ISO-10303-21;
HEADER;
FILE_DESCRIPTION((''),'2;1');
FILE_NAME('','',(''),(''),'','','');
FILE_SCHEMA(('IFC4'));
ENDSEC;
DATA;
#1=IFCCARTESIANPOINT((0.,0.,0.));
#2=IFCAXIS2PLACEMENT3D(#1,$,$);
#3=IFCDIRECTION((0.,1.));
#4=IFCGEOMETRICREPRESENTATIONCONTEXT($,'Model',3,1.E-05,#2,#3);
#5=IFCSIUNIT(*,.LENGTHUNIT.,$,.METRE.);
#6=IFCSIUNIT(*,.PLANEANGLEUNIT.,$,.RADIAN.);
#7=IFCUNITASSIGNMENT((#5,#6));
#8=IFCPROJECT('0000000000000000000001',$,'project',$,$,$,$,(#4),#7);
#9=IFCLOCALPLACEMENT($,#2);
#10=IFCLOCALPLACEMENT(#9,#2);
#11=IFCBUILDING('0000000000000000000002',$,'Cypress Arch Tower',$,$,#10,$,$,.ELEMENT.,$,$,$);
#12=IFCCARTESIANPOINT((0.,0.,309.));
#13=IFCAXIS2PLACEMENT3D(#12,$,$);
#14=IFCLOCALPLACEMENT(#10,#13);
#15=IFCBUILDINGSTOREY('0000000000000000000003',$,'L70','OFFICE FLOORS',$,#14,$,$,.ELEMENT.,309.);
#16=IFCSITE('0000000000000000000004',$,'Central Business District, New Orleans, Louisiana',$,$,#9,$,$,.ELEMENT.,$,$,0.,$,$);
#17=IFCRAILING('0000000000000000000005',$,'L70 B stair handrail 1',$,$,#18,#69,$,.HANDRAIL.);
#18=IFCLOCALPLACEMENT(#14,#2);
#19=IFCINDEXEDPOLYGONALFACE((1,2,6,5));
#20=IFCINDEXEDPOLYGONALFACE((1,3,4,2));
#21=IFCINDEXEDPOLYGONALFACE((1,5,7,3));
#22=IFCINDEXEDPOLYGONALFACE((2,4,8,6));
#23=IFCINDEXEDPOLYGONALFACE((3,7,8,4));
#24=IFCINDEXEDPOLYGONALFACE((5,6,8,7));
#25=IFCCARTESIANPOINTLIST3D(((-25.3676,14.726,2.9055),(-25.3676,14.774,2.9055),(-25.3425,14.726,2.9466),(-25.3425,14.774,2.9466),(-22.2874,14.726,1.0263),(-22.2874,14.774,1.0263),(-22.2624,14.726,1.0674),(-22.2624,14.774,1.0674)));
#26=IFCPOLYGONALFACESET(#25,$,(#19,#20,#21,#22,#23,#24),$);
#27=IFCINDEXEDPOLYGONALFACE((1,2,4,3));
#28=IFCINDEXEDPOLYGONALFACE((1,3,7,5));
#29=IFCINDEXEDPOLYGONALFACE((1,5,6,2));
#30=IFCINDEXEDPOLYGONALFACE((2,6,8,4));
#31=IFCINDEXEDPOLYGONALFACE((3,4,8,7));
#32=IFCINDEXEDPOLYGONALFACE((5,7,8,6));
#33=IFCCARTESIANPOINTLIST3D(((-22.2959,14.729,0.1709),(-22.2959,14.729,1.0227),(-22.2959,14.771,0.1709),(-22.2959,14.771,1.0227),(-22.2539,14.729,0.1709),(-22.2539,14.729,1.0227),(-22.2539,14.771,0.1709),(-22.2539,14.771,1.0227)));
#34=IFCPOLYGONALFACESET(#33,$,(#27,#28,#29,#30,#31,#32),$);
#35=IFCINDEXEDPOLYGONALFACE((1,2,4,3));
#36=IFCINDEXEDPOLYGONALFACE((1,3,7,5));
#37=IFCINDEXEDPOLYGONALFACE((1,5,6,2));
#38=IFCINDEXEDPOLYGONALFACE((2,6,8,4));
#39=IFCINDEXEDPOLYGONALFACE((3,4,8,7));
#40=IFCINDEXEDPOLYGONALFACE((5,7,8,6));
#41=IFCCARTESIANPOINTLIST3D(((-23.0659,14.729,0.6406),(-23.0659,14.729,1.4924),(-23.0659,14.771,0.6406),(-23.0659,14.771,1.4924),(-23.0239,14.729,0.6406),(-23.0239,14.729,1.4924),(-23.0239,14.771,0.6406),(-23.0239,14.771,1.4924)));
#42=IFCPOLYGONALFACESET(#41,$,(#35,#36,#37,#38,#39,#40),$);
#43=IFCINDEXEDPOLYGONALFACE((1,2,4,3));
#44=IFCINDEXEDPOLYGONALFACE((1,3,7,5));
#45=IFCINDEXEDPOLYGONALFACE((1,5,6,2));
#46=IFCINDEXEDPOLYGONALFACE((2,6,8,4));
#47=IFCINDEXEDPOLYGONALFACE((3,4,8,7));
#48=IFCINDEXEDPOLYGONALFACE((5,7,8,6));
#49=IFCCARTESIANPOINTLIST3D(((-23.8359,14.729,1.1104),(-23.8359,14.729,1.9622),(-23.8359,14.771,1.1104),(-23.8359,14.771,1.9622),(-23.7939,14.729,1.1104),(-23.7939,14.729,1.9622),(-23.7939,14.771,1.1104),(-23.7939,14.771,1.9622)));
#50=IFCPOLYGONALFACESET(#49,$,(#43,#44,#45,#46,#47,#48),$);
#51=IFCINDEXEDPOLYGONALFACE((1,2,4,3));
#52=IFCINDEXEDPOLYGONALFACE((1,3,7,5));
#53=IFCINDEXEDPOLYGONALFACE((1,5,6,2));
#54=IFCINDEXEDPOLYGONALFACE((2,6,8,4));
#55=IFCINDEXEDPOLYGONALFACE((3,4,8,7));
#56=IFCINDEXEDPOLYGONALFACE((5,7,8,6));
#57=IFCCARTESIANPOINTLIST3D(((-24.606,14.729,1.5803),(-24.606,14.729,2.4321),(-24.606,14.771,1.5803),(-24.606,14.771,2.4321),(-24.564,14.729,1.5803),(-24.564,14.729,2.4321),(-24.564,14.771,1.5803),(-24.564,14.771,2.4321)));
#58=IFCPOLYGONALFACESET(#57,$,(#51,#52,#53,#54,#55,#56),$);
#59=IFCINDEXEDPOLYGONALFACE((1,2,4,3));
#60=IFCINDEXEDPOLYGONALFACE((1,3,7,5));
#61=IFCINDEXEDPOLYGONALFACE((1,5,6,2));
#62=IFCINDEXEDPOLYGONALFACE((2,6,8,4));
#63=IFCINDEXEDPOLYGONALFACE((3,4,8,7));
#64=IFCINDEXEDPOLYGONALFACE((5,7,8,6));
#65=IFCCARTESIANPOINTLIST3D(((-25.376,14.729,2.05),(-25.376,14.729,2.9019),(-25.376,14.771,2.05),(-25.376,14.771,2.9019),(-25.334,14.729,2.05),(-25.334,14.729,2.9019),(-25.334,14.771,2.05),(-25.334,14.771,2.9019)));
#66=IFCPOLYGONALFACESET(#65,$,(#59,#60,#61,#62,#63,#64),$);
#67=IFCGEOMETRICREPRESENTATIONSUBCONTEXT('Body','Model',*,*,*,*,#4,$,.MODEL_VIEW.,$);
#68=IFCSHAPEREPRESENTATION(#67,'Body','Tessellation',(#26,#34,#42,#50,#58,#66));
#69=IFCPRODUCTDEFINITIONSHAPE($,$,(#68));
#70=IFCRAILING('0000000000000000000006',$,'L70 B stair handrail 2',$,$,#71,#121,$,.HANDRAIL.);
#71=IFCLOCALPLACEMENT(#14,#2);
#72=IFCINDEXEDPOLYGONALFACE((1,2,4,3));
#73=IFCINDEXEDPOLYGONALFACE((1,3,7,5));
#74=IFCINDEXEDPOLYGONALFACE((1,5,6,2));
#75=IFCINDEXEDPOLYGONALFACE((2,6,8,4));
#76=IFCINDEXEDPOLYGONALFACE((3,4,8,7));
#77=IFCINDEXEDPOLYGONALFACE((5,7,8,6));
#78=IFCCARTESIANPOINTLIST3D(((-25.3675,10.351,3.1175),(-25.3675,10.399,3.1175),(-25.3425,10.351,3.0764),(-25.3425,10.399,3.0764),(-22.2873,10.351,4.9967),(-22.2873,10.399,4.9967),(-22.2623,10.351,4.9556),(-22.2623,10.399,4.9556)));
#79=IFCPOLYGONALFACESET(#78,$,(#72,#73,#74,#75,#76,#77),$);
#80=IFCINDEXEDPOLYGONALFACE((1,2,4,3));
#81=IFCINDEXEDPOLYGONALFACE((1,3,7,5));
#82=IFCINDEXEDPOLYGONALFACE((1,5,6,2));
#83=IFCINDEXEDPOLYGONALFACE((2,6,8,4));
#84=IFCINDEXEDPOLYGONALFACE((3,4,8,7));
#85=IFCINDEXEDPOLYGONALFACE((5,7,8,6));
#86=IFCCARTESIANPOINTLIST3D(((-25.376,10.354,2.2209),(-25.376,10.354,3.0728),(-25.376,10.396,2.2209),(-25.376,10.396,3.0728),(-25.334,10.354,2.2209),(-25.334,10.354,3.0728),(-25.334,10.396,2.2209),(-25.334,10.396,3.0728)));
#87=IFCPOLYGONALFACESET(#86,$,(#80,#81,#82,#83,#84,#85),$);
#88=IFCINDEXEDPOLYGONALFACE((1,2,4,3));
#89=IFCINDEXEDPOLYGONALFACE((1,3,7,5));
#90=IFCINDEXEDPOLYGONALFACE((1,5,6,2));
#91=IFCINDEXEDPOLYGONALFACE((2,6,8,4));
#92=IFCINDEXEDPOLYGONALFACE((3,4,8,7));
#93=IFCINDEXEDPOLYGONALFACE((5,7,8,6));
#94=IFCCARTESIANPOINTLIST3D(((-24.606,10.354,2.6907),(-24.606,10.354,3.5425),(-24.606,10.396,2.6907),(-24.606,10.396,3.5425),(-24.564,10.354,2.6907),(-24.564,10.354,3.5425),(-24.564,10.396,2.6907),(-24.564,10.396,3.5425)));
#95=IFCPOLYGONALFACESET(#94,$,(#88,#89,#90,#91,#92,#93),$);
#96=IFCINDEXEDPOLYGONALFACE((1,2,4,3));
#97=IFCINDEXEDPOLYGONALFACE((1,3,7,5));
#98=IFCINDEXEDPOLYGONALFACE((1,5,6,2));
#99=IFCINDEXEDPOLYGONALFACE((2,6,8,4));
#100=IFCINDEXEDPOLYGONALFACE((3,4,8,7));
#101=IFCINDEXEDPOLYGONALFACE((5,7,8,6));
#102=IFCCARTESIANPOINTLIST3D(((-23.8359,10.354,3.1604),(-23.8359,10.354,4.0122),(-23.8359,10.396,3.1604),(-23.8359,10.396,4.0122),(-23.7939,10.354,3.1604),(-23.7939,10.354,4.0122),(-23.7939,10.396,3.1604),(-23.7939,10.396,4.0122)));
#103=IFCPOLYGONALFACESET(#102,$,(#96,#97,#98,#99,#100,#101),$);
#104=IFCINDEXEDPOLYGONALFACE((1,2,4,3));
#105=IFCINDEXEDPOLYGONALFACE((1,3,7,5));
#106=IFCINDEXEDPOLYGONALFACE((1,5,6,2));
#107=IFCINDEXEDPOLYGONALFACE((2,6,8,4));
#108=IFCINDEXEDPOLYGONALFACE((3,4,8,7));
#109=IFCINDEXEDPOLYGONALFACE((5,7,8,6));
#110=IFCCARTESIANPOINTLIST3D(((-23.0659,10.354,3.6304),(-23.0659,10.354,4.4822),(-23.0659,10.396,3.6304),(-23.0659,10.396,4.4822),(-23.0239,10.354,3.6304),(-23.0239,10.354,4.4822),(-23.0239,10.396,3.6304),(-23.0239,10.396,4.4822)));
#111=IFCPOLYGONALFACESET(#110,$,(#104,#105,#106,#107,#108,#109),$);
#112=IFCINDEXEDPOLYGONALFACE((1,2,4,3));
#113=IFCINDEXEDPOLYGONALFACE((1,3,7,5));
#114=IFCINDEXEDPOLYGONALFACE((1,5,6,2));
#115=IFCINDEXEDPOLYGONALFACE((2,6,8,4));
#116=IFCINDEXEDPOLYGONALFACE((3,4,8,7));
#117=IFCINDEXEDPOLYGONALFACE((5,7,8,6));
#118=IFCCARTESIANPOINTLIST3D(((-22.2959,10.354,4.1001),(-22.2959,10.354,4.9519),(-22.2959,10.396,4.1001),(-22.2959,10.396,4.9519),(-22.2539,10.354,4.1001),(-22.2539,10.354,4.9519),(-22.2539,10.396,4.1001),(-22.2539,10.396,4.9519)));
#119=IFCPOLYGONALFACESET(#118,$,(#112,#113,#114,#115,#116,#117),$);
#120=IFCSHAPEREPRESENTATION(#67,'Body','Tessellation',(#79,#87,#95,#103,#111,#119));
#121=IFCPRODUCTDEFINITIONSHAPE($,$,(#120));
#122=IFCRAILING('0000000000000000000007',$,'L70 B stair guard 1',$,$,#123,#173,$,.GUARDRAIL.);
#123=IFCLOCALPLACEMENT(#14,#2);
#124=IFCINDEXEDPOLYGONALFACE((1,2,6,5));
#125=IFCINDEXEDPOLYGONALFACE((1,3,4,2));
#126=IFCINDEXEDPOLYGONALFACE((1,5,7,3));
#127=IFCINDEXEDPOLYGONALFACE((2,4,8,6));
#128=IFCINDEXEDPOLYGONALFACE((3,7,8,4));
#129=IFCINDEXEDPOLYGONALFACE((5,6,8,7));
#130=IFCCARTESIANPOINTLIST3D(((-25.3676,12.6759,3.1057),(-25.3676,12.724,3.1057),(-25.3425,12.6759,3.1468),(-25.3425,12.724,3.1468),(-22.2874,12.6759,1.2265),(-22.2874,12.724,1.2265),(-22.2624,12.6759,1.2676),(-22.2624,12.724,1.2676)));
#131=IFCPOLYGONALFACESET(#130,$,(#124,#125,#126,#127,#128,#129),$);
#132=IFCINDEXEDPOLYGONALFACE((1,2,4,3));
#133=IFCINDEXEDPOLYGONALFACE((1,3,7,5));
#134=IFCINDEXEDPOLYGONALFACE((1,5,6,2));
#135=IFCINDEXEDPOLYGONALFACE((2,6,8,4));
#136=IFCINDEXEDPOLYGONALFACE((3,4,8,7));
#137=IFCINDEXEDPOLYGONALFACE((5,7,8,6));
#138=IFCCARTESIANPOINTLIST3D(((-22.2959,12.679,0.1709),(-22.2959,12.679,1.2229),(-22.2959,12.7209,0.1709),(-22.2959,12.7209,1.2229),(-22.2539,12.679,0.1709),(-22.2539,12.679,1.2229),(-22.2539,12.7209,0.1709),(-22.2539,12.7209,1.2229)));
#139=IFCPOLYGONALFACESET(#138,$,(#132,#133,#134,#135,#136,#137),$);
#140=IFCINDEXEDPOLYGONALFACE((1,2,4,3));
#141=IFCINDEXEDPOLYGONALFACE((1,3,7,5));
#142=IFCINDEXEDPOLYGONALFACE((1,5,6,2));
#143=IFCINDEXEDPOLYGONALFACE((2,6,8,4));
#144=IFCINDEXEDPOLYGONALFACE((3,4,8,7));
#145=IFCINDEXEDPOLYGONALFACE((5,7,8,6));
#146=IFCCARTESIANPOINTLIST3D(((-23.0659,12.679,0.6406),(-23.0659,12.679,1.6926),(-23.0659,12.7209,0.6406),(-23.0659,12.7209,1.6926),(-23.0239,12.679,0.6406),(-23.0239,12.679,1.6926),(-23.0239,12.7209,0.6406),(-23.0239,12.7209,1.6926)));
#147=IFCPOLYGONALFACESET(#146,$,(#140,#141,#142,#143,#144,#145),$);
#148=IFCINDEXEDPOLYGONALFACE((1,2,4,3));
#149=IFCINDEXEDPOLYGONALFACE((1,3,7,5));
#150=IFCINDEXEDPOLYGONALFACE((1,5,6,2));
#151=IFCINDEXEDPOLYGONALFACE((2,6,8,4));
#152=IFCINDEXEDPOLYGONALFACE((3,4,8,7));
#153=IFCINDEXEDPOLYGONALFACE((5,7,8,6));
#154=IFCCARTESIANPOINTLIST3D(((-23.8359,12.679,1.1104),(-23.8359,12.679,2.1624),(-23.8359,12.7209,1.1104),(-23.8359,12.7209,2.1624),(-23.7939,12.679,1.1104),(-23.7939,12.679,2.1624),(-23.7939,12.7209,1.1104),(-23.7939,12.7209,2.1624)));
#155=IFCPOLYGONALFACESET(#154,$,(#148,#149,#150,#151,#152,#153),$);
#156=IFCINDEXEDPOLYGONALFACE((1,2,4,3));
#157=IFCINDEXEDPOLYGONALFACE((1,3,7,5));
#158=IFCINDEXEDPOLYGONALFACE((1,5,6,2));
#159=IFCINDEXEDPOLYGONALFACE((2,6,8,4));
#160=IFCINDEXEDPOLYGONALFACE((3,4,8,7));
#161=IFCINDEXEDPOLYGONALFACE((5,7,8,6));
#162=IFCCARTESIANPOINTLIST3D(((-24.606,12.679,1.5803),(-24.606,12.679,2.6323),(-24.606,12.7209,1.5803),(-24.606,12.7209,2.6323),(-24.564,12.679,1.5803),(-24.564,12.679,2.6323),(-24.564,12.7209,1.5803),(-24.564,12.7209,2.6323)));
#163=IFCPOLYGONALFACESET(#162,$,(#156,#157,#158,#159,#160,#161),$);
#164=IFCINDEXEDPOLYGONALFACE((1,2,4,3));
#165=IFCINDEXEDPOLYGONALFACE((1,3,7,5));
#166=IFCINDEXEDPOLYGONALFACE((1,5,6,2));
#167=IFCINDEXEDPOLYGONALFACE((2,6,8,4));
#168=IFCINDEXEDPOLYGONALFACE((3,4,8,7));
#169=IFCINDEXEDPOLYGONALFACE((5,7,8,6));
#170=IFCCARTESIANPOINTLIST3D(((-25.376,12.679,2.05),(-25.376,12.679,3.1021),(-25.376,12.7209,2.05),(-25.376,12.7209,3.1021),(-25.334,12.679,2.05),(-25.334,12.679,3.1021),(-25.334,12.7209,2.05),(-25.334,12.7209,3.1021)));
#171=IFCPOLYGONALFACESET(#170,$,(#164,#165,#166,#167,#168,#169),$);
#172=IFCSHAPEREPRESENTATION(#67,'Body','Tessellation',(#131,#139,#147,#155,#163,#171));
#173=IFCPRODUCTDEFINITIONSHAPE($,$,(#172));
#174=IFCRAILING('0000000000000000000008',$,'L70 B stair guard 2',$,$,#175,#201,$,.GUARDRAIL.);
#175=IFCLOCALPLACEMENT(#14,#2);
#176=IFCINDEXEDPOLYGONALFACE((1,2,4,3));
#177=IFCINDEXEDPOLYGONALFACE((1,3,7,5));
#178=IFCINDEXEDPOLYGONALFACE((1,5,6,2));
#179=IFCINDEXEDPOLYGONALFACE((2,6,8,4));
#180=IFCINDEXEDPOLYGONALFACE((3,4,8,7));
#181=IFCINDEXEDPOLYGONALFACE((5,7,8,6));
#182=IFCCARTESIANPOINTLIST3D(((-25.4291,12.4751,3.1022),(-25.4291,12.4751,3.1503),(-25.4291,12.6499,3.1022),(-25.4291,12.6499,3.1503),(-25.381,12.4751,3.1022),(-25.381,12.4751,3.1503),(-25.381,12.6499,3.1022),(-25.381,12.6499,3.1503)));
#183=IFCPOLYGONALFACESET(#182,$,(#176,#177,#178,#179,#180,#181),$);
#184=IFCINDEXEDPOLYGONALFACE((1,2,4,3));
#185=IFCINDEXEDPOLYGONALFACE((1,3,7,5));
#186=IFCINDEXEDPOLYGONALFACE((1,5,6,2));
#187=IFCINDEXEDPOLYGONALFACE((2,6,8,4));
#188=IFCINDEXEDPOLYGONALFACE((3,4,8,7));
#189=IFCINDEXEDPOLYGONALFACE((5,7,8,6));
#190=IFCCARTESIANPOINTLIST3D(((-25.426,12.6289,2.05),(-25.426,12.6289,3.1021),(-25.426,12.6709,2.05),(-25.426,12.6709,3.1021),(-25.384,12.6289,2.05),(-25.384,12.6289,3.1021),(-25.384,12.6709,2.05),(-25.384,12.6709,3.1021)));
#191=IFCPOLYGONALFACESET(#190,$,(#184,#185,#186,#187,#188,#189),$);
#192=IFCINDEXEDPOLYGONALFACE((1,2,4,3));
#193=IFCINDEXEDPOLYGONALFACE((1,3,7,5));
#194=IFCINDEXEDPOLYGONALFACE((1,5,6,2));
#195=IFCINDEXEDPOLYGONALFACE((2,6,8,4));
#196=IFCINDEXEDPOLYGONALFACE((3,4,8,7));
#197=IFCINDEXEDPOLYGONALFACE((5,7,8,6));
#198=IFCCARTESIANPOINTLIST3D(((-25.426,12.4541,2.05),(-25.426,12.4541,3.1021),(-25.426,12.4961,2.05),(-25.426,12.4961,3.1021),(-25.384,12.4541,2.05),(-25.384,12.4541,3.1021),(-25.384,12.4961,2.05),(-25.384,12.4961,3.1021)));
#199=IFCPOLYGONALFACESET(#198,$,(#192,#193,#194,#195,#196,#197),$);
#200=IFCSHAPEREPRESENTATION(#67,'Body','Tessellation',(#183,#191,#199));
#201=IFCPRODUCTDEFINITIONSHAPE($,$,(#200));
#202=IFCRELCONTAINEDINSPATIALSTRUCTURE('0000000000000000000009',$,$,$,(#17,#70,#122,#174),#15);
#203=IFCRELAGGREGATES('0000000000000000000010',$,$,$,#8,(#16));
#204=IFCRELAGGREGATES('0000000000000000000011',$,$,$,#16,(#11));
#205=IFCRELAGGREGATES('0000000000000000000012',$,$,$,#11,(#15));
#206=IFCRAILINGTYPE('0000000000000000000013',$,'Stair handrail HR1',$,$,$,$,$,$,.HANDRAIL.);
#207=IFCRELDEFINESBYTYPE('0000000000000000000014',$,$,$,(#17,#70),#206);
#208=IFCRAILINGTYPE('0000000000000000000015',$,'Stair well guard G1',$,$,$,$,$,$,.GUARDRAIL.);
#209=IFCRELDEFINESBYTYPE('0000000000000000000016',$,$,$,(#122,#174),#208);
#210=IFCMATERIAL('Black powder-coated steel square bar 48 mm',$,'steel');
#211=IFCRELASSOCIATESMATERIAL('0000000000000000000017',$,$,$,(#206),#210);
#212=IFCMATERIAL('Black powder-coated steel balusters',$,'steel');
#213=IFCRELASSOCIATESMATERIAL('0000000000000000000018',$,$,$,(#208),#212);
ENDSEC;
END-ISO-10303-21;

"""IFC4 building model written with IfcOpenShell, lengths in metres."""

from ifc_helpers import new_model, si_unit, direction, frame, origin, origin_2d, place, context, subcontext, project, spatial, rectangle, extrude, material, type_object, element, save


model = new_model("IFC4")

# Units and contexts
model_context = context("Model", 3, precision=1e-05, world=origin(), true_north=direction((0.0, 1.0)))
body_context = subcontext(model_context, "Body", "Model", "MODEL_VIEW")
ifc_project = project(units=[si_unit("LENGTHUNIT", "METRE"), si_unit("PLANEANGLEUNIT", "RADIAN")], contexts=[model_context])

# Site, building, storey
site_placement = place(None, origin())
site = spatial("IfcSite", under=ifc_project, at=site_placement, Name="Central Business District, New Orleans, Louisiana", CompositionType="ELEMENT", RefElevation=0.0)
building_placement = place(site_placement, origin())
building = spatial("IfcBuilding", under=site, at=building_placement, Name="Cypress Arch Tower", CompositionType="ELEMENT")
storey_placement = place(building_placement, frame((0.0, 0.0, 309.0)))
storey = spatial("IfcBuildingStorey", under=building, at=storey_placement, Name="L70", Description="OFFICE FLOORS", CompositionType="ELEMENT", Elevation=309.0)

# Railings
ifc_material_1 = material(Name="Black powder-coated steel square bar 48 mm", Category="steel")
railing_type_1 = type_object("IfcRailingType", Name="Stair handrail HR1", PredefinedType="HANDRAIL", material=ifc_material_1)
railing_1_placement = place(storey_placement, frame((-22.2749, 14.75, 0.1709)))
element("IfcRailing", 1, at=railing_1_placement, inside=storey, type_object=railing_type_1, Name="L70 B stair handrail 1", PredefinedType="HANDRAIL", context=body_context, shape_type="SweptSolid", body=[
    extrude(rectangle(XDim=0.0481, YDim=0.0481, at=origin_2d()), frame((0.0, 0.0, 0.876), z_axis=(-0.853666, 0.0, 0.52082), x_axis=(0.0, -1.0, 0.0)), (0.0, 0.0, 1.0), 3.6082),
    extrude(rectangle(XDim=0.042, YDim=0.042, at=origin_2d()), origin(), (0.0, 0.0, 1.0), 0.8518),
    extrude(rectangle(XDim=0.042, YDim=0.042, at=origin_2d()), frame((-0.77, 0.0, 0.4697)), (0.0, 0.0, 1.0), 0.8518),
    extrude(rectangle(XDim=0.042, YDim=0.042, at=origin_2d()), frame((-1.54, 0.0, 0.9395)), (0.0, 0.0, 1.0), 0.8518),
    extrude(rectangle(XDim=0.042, YDim=0.042, at=origin_2d()), frame((-2.3101, 0.0, 1.4094)), (0.0, 0.0, 1.0), 0.8518),
    extrude(rectangle(XDim=0.042, YDim=0.042, at=origin_2d()), frame((-3.0801, 0.0, 1.8792)), (0.0, 0.0, 1.0), 0.8518),
])
railing_2_placement = place(storey_placement, frame((-25.355, 10.375, 2.2209)))
element("IfcRailing", 2, at=railing_2_placement, inside=storey, type_object=railing_type_1, Name="L70 B stair handrail 2", PredefinedType="HANDRAIL", context=body_context, shape_type="SweptSolid", body=[
    extrude(rectangle(XDim=0.0481, YDim=0.0481, at=origin_2d()), frame((0.0, 0.0, 0.876), z_axis=(0.853666, 0.0, 0.52082), x_axis=(0.0, 1.0, 0.0)), (0.0, 0.0, 1.0), 3.6082),
    extrude(rectangle(XDim=0.042, YDim=0.042, at=origin_2d()), origin(), (0.0, 0.0, 1.0), 0.8518),
    extrude(rectangle(XDim=0.042, YDim=0.042, at=origin_2d()), frame((0.77, 0.0, 0.4697)), (0.0, 0.0, 1.0), 0.8518),
    extrude(rectangle(XDim=0.042, YDim=0.042, at=origin_2d()), frame((1.54, 0.0, 0.9395)), (0.0, 0.0, 1.0), 0.8518),
    extrude(rectangle(XDim=0.042, YDim=0.042, at=origin_2d()), frame((2.3101, 0.0, 1.4094)), (0.0, 0.0, 1.0), 0.8518),
    extrude(rectangle(XDim=0.042, YDim=0.042, at=origin_2d()), frame((3.0801, 0.0, 1.8792)), (0.0, 0.0, 1.0), 0.8518),
])
ifc_material_2 = material(Name="Black powder-coated steel balusters", Category="steel")
railing_type_2 = type_object("IfcRailingType", Name="Stair well guard G1", PredefinedType="GUARDRAIL", material=ifc_material_2)
railing_3_placement = place(storey_placement, frame((-22.2749, 12.7, 0.1709)))
element("IfcRailing", 3, at=railing_3_placement, inside=storey, type_object=railing_type_2, Name="L70 B stair guard 1", PredefinedType="GUARDRAIL", context=body_context, shape_type="SweptSolid", body=[
    extrude(rectangle(XDim=0.0481, YDim=0.0481, at=origin_2d()), frame((0.0, 0.0, 1.0762), z_axis=(-0.853666, 0.0, 0.52082), x_axis=(0.0, -1.0, 0.0)), (0.0, 0.0, 1.0), 3.6082),
    extrude(rectangle(XDim=0.042, YDim=0.042, at=origin_2d()), origin(), (0.0, 0.0, 1.0), 1.052),
    extrude(rectangle(XDim=0.042, YDim=0.042, at=origin_2d()), frame((-0.77, 0.0, 0.4697)), (0.0, 0.0, 1.0), 1.052),
    extrude(rectangle(XDim=0.042, YDim=0.042, at=origin_2d()), frame((-1.54, 0.0, 0.9395)), (0.0, 0.0, 1.0), 1.052),
    extrude(rectangle(XDim=0.042, YDim=0.042, at=origin_2d()), frame((-2.3101, 0.0, 1.4094)), (0.0, 0.0, 1.0), 1.052),
    extrude(rectangle(XDim=0.042, YDim=0.042, at=origin_2d()), frame((-3.0801, 0.0, 1.8792)), (0.0, 0.0, 1.0), 1.052),
])
railing_4_placement = place(storey_placement, frame((-25.405, 12.6499, 2.05)))
element("IfcRailing", 4, at=railing_4_placement, inside=storey, type_object=railing_type_2, Name="L70 B stair guard 2", PredefinedType="GUARDRAIL", context=body_context, shape_type="SweptSolid", body=[
    extrude(rectangle(XDim=0.0481, YDim=0.0481, at=origin_2d()), frame((0.0, 0.0, 1.0762), z_axis=(0.0, -1.0, 0.0), x_axis=(1.0, 0.0, 0.0)), (0.0, 0.0, 1.0), 0.1748),
    extrude(rectangle(XDim=0.042, YDim=0.042, at=origin_2d()), origin(), (0.0, 0.0, 1.0), 1.052),
    extrude(rectangle(XDim=0.042, YDim=0.042, at=origin_2d()), frame((0.0, -0.1748, 0.0)), (0.0, 0.0, 1.0), 1.052),
])

save(model, "model.ifc")
